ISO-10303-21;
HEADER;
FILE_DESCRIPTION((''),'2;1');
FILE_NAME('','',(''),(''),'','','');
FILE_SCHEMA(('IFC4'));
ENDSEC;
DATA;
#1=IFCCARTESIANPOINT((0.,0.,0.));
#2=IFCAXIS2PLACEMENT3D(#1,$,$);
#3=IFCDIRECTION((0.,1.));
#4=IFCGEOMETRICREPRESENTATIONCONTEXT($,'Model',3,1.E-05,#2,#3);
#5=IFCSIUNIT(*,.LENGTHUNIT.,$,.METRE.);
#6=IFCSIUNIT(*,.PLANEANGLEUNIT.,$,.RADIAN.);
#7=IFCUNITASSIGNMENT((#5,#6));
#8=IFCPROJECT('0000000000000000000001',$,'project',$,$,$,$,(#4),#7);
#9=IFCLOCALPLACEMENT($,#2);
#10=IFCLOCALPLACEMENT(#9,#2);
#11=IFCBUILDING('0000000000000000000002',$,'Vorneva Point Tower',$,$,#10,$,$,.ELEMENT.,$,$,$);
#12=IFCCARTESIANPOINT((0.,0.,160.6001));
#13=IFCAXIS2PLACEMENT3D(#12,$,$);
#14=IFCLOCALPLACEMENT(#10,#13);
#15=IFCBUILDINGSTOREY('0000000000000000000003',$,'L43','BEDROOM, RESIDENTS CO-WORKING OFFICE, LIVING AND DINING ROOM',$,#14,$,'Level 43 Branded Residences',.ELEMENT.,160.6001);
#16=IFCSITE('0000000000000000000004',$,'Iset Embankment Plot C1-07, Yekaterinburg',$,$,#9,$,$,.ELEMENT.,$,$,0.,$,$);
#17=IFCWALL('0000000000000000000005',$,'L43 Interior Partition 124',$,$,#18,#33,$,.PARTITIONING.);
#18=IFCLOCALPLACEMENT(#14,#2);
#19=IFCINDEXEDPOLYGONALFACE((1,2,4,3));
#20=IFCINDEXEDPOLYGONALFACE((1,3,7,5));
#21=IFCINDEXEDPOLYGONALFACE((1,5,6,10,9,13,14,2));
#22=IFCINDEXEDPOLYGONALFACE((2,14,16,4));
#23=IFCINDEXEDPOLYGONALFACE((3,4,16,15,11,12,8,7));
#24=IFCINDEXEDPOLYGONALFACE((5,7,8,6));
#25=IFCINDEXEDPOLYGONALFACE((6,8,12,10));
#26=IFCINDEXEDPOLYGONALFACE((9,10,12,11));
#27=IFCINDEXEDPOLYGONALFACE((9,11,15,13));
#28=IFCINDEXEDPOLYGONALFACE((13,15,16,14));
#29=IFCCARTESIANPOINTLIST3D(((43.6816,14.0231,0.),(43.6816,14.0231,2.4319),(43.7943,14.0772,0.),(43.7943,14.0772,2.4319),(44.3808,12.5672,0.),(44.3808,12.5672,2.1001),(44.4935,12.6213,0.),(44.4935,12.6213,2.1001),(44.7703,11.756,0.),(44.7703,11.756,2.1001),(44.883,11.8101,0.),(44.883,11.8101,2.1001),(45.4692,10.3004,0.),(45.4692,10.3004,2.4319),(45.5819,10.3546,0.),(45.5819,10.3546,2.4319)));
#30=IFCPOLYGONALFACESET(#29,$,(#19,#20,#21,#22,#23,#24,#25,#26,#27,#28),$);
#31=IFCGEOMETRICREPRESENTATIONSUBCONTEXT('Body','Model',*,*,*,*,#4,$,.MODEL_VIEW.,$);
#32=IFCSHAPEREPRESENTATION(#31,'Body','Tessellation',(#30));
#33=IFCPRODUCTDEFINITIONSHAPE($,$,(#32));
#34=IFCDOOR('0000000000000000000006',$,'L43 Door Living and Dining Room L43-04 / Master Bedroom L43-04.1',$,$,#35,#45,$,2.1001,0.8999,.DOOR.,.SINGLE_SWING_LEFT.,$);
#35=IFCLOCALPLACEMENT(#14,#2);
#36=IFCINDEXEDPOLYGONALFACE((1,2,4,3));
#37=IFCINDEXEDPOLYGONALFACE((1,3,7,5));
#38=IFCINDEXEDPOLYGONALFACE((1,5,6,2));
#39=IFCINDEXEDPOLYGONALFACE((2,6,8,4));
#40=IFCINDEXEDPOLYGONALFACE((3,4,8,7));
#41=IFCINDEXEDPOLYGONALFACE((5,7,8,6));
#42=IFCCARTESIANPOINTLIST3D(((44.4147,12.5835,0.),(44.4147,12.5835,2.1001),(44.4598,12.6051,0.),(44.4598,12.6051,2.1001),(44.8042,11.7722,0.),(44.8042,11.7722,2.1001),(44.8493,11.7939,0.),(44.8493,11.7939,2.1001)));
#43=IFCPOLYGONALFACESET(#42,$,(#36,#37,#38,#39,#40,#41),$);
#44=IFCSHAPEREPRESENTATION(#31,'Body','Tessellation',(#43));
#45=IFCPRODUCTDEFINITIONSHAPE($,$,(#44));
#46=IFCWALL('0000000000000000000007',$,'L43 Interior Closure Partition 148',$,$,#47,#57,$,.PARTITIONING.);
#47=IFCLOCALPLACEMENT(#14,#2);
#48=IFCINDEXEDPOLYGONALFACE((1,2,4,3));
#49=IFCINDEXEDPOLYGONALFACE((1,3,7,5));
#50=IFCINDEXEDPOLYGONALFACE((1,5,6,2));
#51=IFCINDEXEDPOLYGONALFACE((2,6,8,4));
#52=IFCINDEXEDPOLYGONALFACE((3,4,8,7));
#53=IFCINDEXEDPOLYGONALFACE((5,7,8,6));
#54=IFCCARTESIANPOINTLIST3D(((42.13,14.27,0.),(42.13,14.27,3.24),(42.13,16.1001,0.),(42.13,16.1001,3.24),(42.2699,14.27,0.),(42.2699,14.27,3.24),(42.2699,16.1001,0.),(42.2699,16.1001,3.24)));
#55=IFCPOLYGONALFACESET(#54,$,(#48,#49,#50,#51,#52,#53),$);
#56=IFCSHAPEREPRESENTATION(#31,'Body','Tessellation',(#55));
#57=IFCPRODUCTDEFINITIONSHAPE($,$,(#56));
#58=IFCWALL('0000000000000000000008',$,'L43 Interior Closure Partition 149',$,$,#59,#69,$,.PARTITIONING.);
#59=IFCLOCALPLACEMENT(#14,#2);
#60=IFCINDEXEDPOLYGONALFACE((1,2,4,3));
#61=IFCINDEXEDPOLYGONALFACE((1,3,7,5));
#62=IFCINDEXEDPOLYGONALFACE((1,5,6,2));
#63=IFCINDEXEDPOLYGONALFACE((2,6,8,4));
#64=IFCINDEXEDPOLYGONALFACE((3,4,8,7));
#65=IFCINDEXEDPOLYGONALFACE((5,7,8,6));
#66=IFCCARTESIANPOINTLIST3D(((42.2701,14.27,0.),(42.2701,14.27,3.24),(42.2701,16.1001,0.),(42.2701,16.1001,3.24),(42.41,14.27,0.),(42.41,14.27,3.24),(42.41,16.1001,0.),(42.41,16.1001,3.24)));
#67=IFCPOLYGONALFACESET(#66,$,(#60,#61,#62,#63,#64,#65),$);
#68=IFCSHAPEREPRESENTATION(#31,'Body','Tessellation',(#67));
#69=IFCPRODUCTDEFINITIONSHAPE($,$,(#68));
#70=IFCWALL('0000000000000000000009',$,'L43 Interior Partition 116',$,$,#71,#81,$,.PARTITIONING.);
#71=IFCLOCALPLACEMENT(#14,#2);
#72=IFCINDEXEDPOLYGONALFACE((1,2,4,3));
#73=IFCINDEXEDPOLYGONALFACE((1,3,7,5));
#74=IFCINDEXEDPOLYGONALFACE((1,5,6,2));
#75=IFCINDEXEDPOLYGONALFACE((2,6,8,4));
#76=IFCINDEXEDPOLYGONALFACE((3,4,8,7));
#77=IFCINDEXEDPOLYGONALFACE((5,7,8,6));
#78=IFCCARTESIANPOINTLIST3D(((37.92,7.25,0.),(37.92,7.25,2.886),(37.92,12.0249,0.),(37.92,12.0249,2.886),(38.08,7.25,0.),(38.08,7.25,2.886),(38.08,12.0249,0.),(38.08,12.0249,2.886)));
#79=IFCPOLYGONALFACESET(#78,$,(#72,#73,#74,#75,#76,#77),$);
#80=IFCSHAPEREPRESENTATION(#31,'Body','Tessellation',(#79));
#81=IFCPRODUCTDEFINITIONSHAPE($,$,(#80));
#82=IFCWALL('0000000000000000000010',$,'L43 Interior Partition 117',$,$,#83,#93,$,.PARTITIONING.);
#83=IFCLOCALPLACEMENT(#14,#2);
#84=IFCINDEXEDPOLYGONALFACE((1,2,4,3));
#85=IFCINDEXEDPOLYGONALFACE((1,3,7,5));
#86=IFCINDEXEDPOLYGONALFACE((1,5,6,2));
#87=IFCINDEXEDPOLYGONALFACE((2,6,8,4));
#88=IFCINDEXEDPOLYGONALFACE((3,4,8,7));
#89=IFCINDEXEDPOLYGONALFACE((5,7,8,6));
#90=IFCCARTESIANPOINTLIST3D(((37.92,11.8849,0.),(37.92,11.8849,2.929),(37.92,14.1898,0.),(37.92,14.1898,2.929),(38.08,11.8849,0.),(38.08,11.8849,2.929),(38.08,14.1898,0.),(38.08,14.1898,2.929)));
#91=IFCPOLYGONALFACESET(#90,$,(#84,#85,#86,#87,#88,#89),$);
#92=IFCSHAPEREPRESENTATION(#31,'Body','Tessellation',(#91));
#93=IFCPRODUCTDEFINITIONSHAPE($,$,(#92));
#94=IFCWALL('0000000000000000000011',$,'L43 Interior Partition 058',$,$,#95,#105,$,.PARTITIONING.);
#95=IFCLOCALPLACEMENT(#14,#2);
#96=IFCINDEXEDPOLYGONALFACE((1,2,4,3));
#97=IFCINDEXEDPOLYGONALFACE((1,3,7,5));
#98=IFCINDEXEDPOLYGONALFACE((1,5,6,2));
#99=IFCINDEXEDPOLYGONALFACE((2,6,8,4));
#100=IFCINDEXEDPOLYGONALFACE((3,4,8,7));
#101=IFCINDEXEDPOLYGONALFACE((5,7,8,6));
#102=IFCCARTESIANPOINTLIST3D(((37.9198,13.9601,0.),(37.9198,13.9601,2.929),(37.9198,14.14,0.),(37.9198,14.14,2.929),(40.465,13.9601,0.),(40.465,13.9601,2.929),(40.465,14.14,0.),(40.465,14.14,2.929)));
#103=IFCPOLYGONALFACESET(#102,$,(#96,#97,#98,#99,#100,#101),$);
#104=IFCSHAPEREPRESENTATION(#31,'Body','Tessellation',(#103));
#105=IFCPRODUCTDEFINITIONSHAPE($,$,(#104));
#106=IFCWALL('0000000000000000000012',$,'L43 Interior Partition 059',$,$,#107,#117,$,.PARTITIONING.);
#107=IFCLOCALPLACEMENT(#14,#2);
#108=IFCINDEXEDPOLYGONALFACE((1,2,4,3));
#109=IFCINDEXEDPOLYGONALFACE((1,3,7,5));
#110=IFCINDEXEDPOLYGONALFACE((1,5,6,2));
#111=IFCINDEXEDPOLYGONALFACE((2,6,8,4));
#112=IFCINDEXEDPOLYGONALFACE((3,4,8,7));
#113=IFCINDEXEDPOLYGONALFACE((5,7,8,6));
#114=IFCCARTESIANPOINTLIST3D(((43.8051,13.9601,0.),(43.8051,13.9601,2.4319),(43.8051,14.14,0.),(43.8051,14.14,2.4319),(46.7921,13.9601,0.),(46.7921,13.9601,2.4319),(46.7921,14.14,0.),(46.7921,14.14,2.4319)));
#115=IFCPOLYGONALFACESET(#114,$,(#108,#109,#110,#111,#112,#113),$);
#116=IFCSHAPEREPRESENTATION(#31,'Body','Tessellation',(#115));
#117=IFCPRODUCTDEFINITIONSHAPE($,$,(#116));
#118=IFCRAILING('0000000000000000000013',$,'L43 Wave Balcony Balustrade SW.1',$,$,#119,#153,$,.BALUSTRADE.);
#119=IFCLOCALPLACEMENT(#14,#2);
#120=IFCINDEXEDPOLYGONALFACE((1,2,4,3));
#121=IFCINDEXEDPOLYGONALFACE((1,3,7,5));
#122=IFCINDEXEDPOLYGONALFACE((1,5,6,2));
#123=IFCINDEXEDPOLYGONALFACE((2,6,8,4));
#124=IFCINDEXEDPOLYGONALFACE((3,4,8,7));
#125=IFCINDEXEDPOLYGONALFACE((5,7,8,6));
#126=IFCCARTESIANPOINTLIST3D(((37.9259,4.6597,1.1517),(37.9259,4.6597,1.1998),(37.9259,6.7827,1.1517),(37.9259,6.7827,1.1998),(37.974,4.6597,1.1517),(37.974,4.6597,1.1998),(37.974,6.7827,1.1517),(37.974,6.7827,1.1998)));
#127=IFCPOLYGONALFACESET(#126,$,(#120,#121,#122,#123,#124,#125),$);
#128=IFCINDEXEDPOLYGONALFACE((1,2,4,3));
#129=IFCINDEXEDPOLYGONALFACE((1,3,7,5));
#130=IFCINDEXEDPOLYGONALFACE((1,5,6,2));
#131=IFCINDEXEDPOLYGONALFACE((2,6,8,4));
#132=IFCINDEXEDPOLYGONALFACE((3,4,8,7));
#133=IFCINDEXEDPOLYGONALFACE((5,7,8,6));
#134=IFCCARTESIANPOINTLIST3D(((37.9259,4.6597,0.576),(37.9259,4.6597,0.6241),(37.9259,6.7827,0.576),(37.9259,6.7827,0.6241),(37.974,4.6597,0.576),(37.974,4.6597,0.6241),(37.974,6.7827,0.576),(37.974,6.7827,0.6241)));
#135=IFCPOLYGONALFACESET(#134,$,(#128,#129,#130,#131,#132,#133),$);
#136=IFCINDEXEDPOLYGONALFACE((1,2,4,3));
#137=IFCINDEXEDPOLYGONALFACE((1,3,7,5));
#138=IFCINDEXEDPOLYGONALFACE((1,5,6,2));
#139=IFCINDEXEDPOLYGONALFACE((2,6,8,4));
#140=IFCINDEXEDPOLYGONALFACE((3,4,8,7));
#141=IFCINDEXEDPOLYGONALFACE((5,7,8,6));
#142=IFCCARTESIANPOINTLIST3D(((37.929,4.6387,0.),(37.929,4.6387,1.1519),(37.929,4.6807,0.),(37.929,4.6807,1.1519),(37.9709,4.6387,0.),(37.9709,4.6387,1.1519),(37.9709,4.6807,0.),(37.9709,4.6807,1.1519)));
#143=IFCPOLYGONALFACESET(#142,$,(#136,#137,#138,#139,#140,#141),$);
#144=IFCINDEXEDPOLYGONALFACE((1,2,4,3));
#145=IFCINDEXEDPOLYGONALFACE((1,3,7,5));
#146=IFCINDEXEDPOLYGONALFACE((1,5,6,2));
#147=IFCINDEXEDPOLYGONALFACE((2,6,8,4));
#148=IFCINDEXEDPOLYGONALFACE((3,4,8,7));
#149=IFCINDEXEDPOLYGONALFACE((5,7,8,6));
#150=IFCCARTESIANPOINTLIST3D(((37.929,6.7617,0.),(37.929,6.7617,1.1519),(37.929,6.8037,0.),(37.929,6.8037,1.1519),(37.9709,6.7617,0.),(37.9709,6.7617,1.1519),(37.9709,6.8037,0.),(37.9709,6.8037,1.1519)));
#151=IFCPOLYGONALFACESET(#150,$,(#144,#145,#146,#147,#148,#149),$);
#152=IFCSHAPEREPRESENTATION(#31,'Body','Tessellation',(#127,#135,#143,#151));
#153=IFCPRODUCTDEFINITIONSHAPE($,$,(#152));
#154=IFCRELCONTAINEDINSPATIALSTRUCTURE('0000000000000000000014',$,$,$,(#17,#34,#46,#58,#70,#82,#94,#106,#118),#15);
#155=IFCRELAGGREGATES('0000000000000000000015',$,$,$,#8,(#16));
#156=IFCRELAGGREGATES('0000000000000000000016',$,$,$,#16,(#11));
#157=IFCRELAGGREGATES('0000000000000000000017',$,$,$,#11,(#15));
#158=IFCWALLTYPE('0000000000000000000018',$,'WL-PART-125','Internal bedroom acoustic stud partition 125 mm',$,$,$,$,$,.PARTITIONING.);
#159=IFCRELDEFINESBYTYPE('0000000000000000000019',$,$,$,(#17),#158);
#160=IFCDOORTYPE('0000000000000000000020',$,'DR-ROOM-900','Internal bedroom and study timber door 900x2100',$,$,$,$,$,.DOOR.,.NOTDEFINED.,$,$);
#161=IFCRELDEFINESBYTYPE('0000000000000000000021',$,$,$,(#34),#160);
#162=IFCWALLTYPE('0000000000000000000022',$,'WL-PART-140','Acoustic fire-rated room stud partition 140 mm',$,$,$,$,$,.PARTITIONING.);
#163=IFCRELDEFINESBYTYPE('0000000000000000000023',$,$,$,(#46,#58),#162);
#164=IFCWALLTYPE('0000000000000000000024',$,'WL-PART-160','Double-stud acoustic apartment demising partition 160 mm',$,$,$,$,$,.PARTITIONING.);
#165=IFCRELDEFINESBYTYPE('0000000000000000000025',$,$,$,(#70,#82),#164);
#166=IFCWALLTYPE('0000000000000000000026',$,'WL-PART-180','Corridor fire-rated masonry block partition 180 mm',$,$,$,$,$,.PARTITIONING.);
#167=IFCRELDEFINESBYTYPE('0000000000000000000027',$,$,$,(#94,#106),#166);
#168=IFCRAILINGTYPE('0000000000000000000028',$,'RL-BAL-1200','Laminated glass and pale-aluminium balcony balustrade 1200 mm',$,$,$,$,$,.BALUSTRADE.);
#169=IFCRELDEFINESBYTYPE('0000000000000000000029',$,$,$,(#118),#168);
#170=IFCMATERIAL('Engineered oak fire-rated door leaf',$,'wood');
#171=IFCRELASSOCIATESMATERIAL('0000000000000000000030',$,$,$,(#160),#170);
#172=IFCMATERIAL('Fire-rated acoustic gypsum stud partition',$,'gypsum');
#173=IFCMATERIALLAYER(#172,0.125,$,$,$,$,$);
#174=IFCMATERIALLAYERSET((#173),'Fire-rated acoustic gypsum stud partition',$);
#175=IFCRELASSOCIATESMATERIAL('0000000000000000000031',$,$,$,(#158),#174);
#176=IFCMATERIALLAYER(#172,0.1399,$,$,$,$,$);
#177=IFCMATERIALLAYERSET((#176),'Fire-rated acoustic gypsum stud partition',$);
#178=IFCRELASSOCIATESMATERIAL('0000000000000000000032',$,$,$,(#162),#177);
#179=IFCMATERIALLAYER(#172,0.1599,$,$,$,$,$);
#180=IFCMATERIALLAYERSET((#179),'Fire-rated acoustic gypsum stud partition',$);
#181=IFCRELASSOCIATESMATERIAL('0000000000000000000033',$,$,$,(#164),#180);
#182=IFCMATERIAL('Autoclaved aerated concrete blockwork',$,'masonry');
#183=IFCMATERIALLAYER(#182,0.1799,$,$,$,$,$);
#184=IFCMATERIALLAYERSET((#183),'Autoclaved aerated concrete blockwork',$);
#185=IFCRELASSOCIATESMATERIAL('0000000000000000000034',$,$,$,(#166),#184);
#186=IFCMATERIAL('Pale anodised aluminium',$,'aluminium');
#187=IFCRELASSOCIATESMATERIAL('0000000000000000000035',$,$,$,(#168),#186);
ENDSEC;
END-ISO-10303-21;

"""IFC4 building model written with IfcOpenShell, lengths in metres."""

from ifc_helpers import new_model, si_unit, direction, frame, frame_2d, origin, origin_2d, place, context, subcontext, project, spatial, rectangle, extrude, material, layer, layer_set, type_object, element, fill, save


model = new_model("IFC4")

# Units and contexts
model_context = context("Model", 3, precision=1e-05, world=origin(), true_north=direction((0.0, 1.0)))
body_context = subcontext(model_context, "Body", "Model", "MODEL_VIEW")
ifc_project = project(units=[si_unit("LENGTHUNIT", "METRE"), si_unit("PLANEANGLEUNIT", "RADIAN")], contexts=[model_context])

# Site, building, storey
site_placement = place(None, origin())
site = spatial("IfcSite", under=ifc_project, at=site_placement, Name="Iset Embankment Plot C1-07, Yekaterinburg", CompositionType="ELEMENT", RefElevation=0.0)
building_placement = place(site_placement, origin())
building = spatial("IfcBuilding", under=site, at=building_placement, Name="Vorneva Point Tower", CompositionType="ELEMENT")
storey_placement = place(building_placement, frame((0.0, 0.0, 160.6001)))
storey = spatial("IfcBuildingStorey", under=building, at=storey_placement, Name="L43", Description="BEDROOM, RESIDENTS CO-WORKING OFFICE, LIVING AND DINING ROOM", LongName="Level 43 Branded Residences", CompositionType="ELEMENT", Elevation=160.6001)

# Shared definitions
ifc_material_1 = material(Name="Pale anodised aluminium", Category="aluminium")

# Shared definitions
ifc_material_2 = material(Name="Fire-rated acoustic gypsum stud partition", Category="gypsum")

# Shared definitions
ifc_material_3 = material(Name="Engineered oak fire-rated door leaf", Category="wood")

# Shared definitions
door_type_1 = type_object("IfcDoorType", Name="DR-ROOM-900", Description="Internal bedroom and study timber door 900x2100", OperationType="NOTDEFINED", PredefinedType="DOOR", material=ifc_material_3)

# Wall, opening, door
ifc_layer_1 = layer(ifc_material_2, 0.125)
ifc_layer_set_1 = layer_set([ifc_layer_1], Name="Fire-rated acoustic gypsum stud partition")
wall_type_1 = type_object("IfcWallType", Name="WL-PART-125", Description="Internal bedroom acoustic stud partition 125 mm", PredefinedType="PARTITIONING", material=ifc_layer_set_1)
wall_1_placement = place(storey_placement, frame((45.5256, 10.3274, 0.0), z_axis=(0.0, 0.0, 1.0), x_axis=(-0.432873, 0.901455, 0.0)))
wall_1 = element("IfcWall", 1, at=wall_1_placement, inside=storey, type_object=wall_type_1, Name="L43 Interior Partition 124", PredefinedType="PARTITIONING", context=body_context, shape_type="SweptSolid", body=[
    extrude(rectangle(XDim=4.1296, YDim=0.125, at=frame_2d((2.0649, 0.0))), origin(), (0.0, 0.0, 1.0), 2.4319),
])
opening_1_placement = place(wall_1_placement, frame((1.6147, 0.0, 0.0)))
opening_1 = element("IfcOpeningElement", 2, at=opening_1_placement, cuts=wall_1, PredefinedType="OPENING", context=body_context, shape_type="SweptSolid", body=[
    extrude(rectangle(XDim=0.8999, YDim=2.1001, at=frame_2d((0.45, 1.05))), frame((0.0, 0.0774, 0.0), z_axis=(0.0, -1.0, 0.0), x_axis=(1.0, 0.0, 0.0)), (0.0, 0.0, 1.0), 0.1548),
])
door_1_placement = place(opening_1_placement, origin())
door_1 = element("IfcDoor", 3, at=door_1_placement, inside=storey, type_object=door_type_1, Name="L43 Door Living and Dining Room L43-04 / Master Bedroom L43-04.1", OperationType="SINGLE_SWING_LEFT", OverallHeight=2.1001, OverallWidth=0.8999, PredefinedType="DOOR", context=body_context, shape_type="SweptSolid", body=[
    extrude(rectangle(XDim=0.8999, YDim=2.1001, at=frame_2d((0.45, 1.05))), frame((0.0, 0.0249, 0.0), z_axis=(0.0, -1.0, 0.0), x_axis=(1.0, 0.0, 0.0)), (0.0, 0.0, 1.0), 0.05),
])
fill(opening_1, door_1)

# Walls
ifc_layer_2 = layer(ifc_material_2, 0.1399)
ifc_layer_set_2 = layer_set([ifc_layer_2], Name="Fire-rated acoustic gypsum stud partition")
wall_type_2 = type_object("IfcWallType", Name="WL-PART-140", Description="Acoustic fire-rated room stud partition 140 mm", PredefinedType="PARTITIONING", material=ifc_layer_set_2)
for number, where, z_axis, x_axis, name in (
    (4, (42.2, 16.1001, 0.0), (0.0, 0.0, 1.0), (0.0, -1.0, 0.0), "L43 Interior Closure Partition 148"),
    (5, (42.3401, 14.27, 0.0), (0.0, 0.0, 1.0), (0.0, 1.0, 0.0), "L43 Interior Closure Partition 149"),
):
    element("IfcWall", number, at=place(storey_placement, frame(where, z_axis=z_axis, x_axis=x_axis)), inside=storey, type_object=wall_type_2, Name=name, PredefinedType="PARTITIONING", context=body_context, shape_type="SweptSolid", body=[
        extrude(rectangle(XDim=1.8301, YDim=0.1399, at=frame_2d((0.915, 0.0))), origin(), (0.0, 0.0, 1.0), 3.24),
    ])
ifc_layer_3 = layer(ifc_material_2, 0.1599)
ifc_layer_set_3 = layer_set([ifc_layer_3], Name="Fire-rated acoustic gypsum stud partition")
wall_type_3 = type_object("IfcWallType", Name="WL-PART-160", Description="Double-stud acoustic apartment demising partition 160 mm", PredefinedType="PARTITIONING", material=ifc_layer_set_3)
wall_2_placement = place(storey_placement, frame((38.0, 7.25, 0.0), z_axis=(0.0, 0.0, 1.0), x_axis=(0.0, 1.0, 0.0)))
element("IfcWall", 6, at=wall_2_placement, inside=storey, type_object=wall_type_3, Name="L43 Interior Partition 116", PredefinedType="PARTITIONING", context=body_context, shape_type="SweptSolid", body=[
    extrude(rectangle(XDim=4.7749, YDim=0.1599, at=frame_2d((2.3875, 0.0))), origin(), (0.0, 0.0, 1.0), 2.886),
])
wall_3_placement = place(storey_placement, frame((38.0, 11.885, 0.0), z_axis=(0.0, 0.0, 1.0), x_axis=(0.0, 1.0, 0.0)))
element("IfcWall", 7, at=wall_3_placement, inside=storey, type_object=wall_type_3, Name="L43 Interior Partition 117", PredefinedType="PARTITIONING", context=body_context, shape_type="SweptSolid", body=[
    extrude(rectangle(XDim=2.3049, YDim=0.1599, at=frame_2d((1.1523, 0.0))), origin(), (0.0, 0.0, 1.0), 2.929),
])

# Shared definitions
ifc_material_4 = material(Name="Autoclaved aerated concrete blockwork", Category="masonry")
ifc_layer_4 = layer(ifc_material_4, 0.1799)
ifc_layer_set_4 = layer_set([ifc_layer_4], Name="Autoclaved aerated concrete blockwork")
wall_type_4 = type_object("IfcWallType", Name="WL-PART-180", Description="Corridor fire-rated masonry block partition 180 mm", PredefinedType="PARTITIONING", material=ifc_layer_set_4)

# Walls
wall_4_placement = place(storey_placement, frame((37.9199, 14.05, 0.0), z_axis=(0.0, 0.0, 1.0), x_axis=(1.0, 0.0, 0.0)))
element("IfcWall", 8, at=wall_4_placement, inside=storey, type_object=wall_type_4, Name="L43 Interior Partition 058", PredefinedType="PARTITIONING", context=body_context, shape_type="SweptSolid", body=[
    extrude(rectangle(XDim=2.5452, YDim=0.1799, at=frame_2d((1.2725, 0.0))), origin(), (0.0, 0.0, 1.0), 2.929),
])
wall_5_placement = place(storey_placement, frame((43.8049, 14.05, 0.0), z_axis=(0.0, 0.0, 1.0), x_axis=(1.0, 0.0, 0.0)))
element("IfcWall", 9, at=wall_5_placement, inside=storey, type_object=wall_type_4, Name="L43 Interior Partition 059", PredefinedType="PARTITIONING", context=body_context, shape_type="SweptSolid", body=[
    extrude(rectangle(XDim=2.9871, YDim=0.1799, at=frame_2d((1.4937, 0.0))), origin(), (0.0, 0.0, 1.0), 2.4319),
])

# Railing
railing_type = type_object("IfcRailingType", Name="RL-BAL-1200", Description="Laminated glass and pale-aluminium balcony balustrade 1200 mm", PredefinedType="BALUSTRADE", material=ifc_material_1)
railing_placement = place(storey_placement, frame((37.95, 4.6597, 0.0)))
element("IfcRailing", 10, at=railing_placement, inside=storey, type_object=railing_type, Name="L43 Wave Balcony Balustrade SW.1", PredefinedType="BALUSTRADE", context=body_context, shape_type="SweptSolid", body=[
    extrude(rectangle(XDim=0.0481, YDim=0.0481, at=origin_2d()), frame((0.0, 0.0, 1.1758), z_axis=(0.0, 1.0, 0.0), x_axis=(-1.0, 0.0, 0.0)), (0.0, 0.0, 1.0), 2.123),
    extrude(rectangle(XDim=0.0481, YDim=0.0481, at=origin_2d()), frame((0.0, 0.0, 0.6001), z_axis=(0.0, 1.0, 0.0), x_axis=(-1.0, 0.0, 0.0)), (0.0, 0.0, 1.0), 2.123),
    extrude(rectangle(XDim=0.042, YDim=0.042, at=origin_2d()), origin(), (0.0, 0.0, 1.0), 1.1519),
    extrude(rectangle(XDim=0.042, YDim=0.042, at=origin_2d()), frame((0.0, 2.123, 0.0)), (0.0, 0.0, 1.0), 1.1519),
])

save(model, "model.ifc")
